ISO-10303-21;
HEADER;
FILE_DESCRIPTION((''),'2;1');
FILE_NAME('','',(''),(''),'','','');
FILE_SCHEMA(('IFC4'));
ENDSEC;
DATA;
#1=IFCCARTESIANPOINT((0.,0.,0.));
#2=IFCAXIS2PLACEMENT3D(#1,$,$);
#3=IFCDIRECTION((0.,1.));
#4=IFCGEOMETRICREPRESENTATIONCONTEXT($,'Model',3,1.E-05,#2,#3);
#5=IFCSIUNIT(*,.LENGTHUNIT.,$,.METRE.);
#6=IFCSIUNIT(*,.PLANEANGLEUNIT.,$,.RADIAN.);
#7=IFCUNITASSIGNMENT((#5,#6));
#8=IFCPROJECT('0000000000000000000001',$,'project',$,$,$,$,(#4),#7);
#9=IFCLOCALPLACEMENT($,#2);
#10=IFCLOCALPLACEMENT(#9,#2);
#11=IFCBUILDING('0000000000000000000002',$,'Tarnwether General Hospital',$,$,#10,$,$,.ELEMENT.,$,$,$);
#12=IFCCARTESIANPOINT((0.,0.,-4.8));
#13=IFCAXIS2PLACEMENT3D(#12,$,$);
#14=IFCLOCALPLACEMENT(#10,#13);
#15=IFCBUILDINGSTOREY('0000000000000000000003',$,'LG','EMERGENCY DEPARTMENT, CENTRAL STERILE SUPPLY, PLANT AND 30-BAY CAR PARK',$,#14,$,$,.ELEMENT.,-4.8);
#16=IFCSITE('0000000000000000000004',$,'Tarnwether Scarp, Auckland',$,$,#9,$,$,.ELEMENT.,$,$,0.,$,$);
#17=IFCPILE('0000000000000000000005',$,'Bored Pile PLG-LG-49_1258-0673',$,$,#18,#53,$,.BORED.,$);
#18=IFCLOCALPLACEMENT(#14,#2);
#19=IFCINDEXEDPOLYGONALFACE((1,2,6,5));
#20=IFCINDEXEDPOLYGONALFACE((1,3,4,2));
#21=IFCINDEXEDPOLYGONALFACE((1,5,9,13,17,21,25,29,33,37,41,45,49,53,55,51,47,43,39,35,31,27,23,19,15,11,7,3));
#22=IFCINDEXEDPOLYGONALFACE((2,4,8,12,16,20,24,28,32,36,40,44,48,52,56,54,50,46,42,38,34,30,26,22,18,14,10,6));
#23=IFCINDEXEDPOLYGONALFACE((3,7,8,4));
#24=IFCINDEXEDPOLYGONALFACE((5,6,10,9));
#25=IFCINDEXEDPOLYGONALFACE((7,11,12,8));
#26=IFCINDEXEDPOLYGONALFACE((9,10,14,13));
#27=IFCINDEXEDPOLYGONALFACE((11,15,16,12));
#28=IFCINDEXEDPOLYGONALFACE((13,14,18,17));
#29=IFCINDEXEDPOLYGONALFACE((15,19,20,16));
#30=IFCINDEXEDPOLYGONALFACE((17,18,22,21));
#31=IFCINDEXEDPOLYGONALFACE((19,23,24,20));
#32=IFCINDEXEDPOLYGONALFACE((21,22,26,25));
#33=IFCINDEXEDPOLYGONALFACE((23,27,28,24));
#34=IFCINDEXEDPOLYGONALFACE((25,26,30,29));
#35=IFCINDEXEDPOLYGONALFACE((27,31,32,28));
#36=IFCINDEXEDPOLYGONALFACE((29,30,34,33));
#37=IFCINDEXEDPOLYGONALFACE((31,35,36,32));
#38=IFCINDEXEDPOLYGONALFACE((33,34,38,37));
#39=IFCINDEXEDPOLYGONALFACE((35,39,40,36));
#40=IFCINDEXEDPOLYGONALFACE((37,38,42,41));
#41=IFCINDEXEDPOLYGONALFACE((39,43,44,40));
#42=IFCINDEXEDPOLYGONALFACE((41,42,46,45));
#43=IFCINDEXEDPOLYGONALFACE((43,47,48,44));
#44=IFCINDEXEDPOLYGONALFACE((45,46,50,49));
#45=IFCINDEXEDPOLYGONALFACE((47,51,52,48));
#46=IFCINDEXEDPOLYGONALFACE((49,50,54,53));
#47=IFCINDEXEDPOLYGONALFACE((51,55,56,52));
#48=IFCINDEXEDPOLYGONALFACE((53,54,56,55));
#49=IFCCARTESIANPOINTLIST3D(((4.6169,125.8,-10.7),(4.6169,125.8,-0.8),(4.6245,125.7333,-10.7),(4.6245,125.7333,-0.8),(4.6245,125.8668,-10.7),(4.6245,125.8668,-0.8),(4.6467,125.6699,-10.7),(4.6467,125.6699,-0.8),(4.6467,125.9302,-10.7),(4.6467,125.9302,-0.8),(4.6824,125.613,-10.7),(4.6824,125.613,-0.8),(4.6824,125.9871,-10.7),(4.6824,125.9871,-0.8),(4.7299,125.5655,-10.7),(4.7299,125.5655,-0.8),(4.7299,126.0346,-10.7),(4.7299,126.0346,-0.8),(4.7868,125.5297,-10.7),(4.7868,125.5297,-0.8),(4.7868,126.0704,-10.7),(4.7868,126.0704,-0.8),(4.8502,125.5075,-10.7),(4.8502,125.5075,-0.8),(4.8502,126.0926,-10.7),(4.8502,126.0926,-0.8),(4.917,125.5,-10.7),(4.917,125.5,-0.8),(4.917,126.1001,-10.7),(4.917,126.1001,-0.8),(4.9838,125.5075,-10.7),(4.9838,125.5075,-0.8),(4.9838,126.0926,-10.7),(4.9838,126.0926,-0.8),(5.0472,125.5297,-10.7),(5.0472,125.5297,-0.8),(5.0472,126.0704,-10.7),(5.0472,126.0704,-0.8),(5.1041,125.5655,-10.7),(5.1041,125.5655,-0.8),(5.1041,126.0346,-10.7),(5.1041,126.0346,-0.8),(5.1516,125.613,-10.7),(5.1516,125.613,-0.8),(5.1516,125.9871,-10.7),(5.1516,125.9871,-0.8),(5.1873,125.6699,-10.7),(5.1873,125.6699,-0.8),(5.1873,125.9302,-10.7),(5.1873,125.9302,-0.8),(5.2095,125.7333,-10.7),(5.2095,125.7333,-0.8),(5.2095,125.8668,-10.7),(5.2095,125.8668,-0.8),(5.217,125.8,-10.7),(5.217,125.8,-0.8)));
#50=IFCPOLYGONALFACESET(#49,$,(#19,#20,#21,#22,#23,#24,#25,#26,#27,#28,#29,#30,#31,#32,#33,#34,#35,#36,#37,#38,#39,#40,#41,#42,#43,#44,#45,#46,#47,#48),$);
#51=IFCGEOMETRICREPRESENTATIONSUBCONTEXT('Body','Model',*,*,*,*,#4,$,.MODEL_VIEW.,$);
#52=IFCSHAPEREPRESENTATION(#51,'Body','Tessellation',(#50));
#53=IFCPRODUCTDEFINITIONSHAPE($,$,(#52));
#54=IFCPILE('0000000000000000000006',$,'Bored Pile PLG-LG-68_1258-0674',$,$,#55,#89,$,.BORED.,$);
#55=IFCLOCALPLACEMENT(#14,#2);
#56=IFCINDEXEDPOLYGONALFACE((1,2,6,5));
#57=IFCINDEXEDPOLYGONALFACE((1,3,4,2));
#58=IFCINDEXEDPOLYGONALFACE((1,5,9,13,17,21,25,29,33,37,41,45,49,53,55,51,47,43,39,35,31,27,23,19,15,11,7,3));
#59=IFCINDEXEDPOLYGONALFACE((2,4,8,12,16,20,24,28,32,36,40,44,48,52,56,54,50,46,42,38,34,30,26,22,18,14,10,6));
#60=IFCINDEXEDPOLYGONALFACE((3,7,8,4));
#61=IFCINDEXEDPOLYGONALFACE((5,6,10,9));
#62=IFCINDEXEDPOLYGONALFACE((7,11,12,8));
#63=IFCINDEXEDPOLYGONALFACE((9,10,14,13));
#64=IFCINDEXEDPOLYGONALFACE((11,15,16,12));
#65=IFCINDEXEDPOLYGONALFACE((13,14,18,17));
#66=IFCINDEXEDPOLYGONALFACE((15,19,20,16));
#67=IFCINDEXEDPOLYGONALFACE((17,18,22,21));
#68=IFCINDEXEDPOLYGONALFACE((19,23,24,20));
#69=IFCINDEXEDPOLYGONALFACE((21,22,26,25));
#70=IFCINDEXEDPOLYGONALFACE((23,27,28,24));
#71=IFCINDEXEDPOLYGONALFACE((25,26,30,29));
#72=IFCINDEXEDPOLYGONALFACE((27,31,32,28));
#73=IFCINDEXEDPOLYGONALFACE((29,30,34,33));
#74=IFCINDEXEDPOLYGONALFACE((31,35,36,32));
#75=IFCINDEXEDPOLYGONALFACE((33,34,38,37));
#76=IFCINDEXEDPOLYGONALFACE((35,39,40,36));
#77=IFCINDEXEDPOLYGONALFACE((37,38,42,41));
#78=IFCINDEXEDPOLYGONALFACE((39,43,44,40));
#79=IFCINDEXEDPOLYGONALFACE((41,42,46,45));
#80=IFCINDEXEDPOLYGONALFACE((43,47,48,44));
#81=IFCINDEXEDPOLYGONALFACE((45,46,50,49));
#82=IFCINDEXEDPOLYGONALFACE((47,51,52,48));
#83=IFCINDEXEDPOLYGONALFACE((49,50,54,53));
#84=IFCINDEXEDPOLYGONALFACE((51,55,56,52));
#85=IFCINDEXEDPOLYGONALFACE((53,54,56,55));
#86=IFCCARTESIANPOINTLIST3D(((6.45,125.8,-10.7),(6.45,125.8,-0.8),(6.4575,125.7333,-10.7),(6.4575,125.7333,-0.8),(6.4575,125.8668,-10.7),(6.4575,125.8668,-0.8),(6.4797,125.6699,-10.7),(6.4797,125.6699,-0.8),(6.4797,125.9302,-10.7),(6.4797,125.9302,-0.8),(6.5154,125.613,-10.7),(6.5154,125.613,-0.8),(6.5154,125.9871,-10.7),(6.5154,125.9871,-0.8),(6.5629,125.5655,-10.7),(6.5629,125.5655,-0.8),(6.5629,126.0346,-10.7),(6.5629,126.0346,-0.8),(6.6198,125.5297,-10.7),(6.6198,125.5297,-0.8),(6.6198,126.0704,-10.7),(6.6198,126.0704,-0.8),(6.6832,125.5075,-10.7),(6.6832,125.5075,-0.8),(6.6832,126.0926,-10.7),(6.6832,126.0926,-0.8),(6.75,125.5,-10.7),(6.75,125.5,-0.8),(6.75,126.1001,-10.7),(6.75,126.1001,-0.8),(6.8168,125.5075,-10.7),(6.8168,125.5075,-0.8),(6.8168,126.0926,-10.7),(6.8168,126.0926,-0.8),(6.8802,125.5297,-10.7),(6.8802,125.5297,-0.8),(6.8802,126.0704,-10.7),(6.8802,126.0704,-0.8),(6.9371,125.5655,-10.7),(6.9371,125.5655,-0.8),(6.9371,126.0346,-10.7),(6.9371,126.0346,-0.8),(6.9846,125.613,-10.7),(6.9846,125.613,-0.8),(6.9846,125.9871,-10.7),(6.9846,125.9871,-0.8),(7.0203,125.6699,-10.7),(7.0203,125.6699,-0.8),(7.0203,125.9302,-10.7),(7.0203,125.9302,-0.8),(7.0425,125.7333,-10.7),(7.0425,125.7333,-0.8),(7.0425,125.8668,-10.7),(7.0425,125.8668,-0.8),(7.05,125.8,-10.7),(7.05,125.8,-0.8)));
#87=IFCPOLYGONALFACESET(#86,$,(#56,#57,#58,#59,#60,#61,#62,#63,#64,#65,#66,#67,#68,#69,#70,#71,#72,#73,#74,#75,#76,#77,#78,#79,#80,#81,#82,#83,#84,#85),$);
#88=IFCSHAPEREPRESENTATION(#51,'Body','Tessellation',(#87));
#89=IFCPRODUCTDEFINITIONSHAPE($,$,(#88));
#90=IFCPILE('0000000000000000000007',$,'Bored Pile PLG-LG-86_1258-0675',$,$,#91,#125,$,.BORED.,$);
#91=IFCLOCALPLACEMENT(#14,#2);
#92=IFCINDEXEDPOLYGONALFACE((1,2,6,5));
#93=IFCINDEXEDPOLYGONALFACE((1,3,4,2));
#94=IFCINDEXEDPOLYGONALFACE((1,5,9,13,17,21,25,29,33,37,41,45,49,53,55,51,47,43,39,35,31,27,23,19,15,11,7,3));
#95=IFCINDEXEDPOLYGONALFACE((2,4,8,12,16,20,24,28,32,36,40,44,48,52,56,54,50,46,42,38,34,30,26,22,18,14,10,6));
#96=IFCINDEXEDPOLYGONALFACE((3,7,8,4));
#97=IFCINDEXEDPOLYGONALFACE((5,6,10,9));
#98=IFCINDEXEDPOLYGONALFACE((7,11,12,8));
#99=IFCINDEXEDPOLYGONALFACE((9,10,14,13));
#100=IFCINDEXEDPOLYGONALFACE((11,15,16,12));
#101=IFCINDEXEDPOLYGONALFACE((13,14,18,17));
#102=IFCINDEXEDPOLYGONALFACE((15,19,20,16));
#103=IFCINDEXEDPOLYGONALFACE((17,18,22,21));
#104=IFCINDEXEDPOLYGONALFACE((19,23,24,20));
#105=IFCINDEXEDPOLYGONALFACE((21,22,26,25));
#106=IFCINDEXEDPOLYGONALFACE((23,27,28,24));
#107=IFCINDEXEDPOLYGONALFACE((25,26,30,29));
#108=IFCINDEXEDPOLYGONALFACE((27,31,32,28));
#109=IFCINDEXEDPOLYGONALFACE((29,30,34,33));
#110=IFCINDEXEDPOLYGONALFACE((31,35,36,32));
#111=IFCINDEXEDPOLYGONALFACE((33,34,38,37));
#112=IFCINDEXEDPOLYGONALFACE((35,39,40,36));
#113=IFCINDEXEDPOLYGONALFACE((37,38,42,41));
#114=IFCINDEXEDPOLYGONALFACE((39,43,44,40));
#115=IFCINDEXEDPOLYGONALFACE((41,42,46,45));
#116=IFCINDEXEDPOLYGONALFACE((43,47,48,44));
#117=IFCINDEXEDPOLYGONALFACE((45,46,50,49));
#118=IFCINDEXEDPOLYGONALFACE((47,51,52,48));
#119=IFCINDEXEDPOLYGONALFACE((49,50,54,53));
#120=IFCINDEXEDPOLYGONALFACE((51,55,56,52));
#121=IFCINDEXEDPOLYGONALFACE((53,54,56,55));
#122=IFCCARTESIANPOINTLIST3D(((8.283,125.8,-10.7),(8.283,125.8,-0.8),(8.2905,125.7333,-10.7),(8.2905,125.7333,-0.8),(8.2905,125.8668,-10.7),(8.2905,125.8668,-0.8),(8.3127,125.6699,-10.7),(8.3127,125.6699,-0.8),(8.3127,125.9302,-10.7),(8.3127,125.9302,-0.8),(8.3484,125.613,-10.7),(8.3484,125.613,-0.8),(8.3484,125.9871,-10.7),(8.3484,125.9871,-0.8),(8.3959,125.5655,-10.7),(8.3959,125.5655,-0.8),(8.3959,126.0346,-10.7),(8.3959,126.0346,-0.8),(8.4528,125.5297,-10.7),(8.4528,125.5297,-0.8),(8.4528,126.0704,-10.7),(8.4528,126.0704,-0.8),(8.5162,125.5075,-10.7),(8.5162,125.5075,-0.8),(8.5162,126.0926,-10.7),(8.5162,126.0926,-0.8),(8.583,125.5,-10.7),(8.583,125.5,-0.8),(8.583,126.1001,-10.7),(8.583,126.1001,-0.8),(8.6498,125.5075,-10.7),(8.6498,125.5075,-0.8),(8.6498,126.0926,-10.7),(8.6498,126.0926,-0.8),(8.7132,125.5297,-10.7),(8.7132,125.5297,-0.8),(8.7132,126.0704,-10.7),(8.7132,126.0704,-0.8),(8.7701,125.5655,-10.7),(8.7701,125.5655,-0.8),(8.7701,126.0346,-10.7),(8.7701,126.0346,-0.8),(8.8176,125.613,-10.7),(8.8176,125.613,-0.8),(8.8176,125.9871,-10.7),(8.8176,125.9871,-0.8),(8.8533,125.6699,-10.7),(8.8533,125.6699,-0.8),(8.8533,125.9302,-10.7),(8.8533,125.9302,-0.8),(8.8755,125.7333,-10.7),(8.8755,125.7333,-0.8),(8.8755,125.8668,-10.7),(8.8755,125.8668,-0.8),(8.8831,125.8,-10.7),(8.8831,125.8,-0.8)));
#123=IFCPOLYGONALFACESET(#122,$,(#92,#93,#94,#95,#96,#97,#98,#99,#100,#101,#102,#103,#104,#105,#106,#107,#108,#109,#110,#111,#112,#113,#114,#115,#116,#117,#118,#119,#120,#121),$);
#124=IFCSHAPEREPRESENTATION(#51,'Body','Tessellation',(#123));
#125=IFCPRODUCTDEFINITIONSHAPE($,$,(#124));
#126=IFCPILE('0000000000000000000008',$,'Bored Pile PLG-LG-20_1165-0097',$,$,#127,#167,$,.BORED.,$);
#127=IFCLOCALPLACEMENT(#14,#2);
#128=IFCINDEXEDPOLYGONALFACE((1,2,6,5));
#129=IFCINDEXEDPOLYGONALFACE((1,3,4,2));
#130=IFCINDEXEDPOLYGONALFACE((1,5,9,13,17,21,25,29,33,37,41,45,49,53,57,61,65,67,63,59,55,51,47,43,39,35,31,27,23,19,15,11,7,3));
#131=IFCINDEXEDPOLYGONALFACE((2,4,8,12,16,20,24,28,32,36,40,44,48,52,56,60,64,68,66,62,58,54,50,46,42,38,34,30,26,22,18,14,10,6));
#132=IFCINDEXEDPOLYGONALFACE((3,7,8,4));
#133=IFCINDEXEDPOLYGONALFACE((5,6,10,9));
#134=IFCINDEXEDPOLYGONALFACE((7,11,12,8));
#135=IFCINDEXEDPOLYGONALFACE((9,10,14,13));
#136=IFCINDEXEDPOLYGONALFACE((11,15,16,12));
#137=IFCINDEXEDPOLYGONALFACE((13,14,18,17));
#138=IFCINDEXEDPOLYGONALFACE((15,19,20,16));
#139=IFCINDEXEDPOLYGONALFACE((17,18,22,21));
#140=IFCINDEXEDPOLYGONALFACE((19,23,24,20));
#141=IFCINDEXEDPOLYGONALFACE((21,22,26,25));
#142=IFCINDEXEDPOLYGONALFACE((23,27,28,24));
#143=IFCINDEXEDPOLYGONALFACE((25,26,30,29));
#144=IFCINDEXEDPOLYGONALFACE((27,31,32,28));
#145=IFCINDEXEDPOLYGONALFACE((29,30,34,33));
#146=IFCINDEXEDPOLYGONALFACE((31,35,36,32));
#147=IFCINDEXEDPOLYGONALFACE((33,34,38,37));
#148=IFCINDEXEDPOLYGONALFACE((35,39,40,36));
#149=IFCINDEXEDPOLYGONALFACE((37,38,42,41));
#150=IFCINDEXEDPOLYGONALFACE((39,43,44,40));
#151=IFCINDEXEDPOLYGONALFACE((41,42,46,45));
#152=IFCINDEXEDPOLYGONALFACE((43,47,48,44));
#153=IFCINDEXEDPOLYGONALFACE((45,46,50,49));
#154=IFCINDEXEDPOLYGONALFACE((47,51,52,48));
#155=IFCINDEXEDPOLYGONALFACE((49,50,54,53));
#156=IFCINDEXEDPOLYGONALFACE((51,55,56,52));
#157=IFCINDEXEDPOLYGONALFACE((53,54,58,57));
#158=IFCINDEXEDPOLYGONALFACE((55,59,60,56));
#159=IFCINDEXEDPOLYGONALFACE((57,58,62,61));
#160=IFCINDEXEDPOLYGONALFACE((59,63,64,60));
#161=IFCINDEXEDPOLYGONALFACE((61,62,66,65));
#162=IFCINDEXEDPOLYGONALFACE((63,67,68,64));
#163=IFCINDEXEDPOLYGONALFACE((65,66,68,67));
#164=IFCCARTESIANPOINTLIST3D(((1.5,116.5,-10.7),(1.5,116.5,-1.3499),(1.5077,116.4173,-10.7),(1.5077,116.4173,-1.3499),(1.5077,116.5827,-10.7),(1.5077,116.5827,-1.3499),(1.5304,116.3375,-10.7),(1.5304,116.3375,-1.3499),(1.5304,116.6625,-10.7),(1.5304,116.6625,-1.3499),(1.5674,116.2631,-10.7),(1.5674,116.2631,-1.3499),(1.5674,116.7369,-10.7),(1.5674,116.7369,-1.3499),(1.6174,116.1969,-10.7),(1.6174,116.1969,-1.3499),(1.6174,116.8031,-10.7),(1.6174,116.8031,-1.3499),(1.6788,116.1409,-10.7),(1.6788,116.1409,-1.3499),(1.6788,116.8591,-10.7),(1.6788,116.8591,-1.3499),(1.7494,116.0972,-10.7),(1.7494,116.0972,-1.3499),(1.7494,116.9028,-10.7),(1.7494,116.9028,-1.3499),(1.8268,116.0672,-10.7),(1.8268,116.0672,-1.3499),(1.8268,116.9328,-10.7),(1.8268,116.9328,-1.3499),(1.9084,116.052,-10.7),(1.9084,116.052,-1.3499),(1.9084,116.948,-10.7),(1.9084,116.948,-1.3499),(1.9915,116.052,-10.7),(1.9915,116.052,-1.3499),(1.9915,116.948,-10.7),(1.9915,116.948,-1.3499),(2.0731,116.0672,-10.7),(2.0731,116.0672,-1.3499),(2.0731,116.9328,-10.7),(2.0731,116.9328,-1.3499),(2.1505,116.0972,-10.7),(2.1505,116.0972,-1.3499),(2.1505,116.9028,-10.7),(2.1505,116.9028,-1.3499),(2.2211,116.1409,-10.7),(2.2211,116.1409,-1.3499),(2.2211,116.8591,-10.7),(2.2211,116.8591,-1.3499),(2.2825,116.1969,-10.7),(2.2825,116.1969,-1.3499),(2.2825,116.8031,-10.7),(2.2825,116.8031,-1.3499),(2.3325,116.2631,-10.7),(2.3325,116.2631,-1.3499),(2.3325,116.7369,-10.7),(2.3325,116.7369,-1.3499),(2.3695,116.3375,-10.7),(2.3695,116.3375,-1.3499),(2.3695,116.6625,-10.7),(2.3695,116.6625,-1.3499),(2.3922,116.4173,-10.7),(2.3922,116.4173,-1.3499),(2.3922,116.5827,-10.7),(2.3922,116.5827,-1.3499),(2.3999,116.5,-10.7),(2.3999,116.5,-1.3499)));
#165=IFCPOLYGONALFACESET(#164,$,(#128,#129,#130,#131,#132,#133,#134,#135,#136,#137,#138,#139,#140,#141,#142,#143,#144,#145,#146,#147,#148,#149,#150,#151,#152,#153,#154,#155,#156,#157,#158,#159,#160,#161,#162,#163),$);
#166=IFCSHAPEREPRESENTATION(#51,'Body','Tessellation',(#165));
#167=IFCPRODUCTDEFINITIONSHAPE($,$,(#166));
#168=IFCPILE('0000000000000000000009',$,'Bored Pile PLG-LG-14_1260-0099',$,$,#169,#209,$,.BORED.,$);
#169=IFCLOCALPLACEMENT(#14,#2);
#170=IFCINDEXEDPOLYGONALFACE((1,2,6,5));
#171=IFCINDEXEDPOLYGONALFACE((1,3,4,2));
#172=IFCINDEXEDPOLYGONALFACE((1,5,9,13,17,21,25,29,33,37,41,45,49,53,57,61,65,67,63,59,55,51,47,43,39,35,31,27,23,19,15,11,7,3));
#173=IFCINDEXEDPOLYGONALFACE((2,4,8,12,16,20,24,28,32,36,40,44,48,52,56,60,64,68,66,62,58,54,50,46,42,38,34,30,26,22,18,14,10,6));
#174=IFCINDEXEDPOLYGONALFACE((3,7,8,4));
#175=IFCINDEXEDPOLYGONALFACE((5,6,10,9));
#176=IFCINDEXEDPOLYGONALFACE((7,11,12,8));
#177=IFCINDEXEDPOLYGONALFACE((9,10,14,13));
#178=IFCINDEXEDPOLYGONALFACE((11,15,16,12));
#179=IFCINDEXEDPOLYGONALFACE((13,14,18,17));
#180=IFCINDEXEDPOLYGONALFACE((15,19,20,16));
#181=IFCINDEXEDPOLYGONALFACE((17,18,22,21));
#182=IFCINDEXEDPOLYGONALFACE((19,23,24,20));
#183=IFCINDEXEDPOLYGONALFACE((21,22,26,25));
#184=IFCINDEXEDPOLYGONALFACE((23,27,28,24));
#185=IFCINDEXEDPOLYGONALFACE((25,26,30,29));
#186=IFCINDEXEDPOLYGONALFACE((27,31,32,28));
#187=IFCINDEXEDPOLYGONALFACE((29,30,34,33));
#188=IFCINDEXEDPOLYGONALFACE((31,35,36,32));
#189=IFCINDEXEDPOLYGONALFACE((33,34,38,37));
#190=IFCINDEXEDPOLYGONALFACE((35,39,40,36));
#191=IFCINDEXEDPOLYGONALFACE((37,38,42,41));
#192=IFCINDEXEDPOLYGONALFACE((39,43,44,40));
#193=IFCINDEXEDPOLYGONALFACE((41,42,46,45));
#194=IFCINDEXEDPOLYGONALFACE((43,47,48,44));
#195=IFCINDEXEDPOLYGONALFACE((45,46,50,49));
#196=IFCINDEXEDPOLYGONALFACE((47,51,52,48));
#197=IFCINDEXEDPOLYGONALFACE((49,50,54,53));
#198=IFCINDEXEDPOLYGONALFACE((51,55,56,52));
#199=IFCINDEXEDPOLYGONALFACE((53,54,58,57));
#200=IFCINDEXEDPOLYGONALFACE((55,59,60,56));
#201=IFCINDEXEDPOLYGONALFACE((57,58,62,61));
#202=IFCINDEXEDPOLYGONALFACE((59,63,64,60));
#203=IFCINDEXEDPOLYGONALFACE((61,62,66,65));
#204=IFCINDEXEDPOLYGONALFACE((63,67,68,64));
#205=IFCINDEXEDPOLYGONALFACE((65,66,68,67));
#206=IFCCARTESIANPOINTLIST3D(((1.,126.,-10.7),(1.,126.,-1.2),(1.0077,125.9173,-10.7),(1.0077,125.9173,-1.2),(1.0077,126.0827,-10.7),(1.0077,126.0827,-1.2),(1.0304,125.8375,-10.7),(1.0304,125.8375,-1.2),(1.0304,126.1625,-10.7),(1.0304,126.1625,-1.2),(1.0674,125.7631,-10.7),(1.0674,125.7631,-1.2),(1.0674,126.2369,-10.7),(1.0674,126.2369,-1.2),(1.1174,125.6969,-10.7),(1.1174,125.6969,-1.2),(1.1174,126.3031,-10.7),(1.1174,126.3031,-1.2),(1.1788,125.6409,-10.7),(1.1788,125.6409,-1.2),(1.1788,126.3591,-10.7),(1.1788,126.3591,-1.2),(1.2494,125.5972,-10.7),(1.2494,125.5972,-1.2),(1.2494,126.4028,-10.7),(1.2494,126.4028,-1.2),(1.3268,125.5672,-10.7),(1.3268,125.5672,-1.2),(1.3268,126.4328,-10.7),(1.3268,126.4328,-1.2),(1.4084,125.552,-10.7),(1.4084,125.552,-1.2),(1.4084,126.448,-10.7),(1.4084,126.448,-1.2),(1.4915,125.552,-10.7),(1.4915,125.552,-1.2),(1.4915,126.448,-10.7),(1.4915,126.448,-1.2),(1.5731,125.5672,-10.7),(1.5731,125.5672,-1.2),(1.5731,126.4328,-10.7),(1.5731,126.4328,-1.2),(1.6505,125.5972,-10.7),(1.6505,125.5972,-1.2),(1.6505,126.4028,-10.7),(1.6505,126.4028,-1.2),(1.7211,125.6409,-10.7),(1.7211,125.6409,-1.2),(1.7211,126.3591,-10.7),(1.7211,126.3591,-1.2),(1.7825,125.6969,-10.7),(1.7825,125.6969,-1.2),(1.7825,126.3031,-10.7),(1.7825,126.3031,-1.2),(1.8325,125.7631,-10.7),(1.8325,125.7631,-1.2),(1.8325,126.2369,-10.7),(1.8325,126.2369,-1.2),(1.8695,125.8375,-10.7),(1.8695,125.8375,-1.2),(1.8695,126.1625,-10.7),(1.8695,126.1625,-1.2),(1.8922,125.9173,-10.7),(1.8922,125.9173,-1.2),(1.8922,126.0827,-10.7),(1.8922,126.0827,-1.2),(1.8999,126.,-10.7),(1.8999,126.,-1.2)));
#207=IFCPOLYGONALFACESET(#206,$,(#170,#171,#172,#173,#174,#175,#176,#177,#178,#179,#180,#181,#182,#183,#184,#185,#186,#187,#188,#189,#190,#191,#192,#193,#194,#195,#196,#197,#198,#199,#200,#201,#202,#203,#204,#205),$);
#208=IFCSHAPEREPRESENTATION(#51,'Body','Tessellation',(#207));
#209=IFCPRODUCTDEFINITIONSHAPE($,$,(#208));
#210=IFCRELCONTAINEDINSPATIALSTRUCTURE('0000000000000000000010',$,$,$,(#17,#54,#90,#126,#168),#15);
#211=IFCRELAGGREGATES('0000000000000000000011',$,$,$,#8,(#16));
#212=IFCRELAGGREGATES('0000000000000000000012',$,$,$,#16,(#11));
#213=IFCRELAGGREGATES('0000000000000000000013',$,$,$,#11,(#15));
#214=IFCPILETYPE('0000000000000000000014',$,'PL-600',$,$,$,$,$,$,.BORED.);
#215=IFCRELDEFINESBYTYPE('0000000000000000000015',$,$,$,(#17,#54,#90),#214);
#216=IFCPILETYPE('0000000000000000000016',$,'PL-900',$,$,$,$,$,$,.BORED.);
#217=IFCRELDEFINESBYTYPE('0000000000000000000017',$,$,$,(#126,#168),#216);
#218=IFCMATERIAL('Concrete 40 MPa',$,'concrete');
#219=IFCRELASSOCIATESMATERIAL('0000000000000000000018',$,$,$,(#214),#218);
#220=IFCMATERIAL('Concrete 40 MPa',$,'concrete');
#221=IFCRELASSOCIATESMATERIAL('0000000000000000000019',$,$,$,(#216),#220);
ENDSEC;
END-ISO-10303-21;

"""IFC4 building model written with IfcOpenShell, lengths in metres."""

from ifc_helpers import new_model, si_unit, direction, frame, origin, origin_2d, place, context, subcontext, project, spatial, circle, extrude, material, material_profile, profile_set, type_object, element, save


model = new_model("IFC4")

# Units and contexts
model_context = context("Model", 3, precision=1e-05, world=origin(), true_north=direction((0.0, 1.0)))
body_context = subcontext(model_context, "Body", "Model", "MODEL_VIEW")
ifc_project = project(units=[si_unit("LENGTHUNIT", "METRE"), si_unit("PLANEANGLEUNIT", "RADIAN")], contexts=[model_context])

# Site, building, storey
site_placement = place(None, origin())
site = spatial("IfcSite", under=ifc_project, at=site_placement, Name="Tarnwether Scarp, Auckland", CompositionType="ELEMENT", RefElevation=0.0)
building_placement = place(site_placement, origin())
building = spatial("IfcBuilding", under=site, at=building_placement, Name="Tarnwether General Hospital", CompositionType="ELEMENT")
storey_placement = place(building_placement, frame((0.0, 0.0, -4.8)))
storey = spatial("IfcBuildingStorey", under=building, at=storey_placement, Name="LG", Description="EMERGENCY DEPARTMENT, CENTRAL STERILE SUPPLY, PLANT AND 30-BAY CAR PARK", CompositionType="ELEMENT", Elevation=-4.8)

# Piles
ifc_material_1 = material(Name="Concrete 40 MPa", Category="concrete")
ifc_material_profile_1 = material_profile(ifc_material_1, circle(Radius=0.3, at=origin_2d()), Name="PILE-D600")
ifc_profile_set_1 = profile_set([ifc_material_profile_1], Name="Concrete 40 MPa")
pile_type_1 = type_object("IfcPileType", Name="PL-600", PredefinedType="BORED", material=ifc_profile_set_1)
for number, where, z_axis, x_axis, name in (
    (1, (4.917, 125.8, -0.8), (0.0, 0.0, -1.0), (1.0, 0.0, 0.0), "Bored Pile PLG-LG-49_1258-0673"),
    (2, (6.75, 125.8, -0.8), (0.0, 0.0, -1.0), (1.0, 0.0, 0.0), "Bored Pile PLG-LG-68_1258-0674"),
    (3, (8.583, 125.8, -0.8), (0.0, 0.0, -1.0), (1.0, 0.0, 0.0), "Bored Pile PLG-LG-86_1258-0675"),
):
    element("IfcPile", number, at=place(storey_placement, frame(where, z_axis=z_axis, x_axis=x_axis)), inside=storey, type_object=pile_type_1, Name=name, PredefinedType="BORED", context=body_context, shape_type="SweptSolid", body=[
        extrude(circle(Radius=0.3, at=origin_2d()), origin(), (0.0, 0.0, 1.0), 9.8999),
    ])
ifc_material_2 = material(Name="Concrete 40 MPa", Category="concrete")
ifc_material_profile_2 = material_profile(ifc_material_2, circle(Radius=0.45, at=origin_2d()), Name="PILE-D900")
ifc_profile_set_2 = profile_set([ifc_material_profile_2], Name="Concrete 40 MPa")
pile_type_2 = type_object("IfcPileType", Name="PL-900", PredefinedType="BORED", material=ifc_profile_set_2)
pile_1_placement = place(storey_placement, frame((1.95, 116.5, -1.3499), z_axis=(0.0, 0.0, -1.0), x_axis=(1.0, 0.0, 0.0)))
element("IfcPile", 4, at=pile_1_placement, inside=storey, type_object=pile_type_2, Name="Bored Pile PLG-LG-20_1165-0097", PredefinedType="BORED", context=body_context, shape_type="SweptSolid", body=[
    extrude(circle(Radius=0.45, at=origin_2d()), origin(), (0.0, 0.0, 1.0), 9.3501),
])
pile_2_placement = place(storey_placement, frame((1.45, 126.0, -1.2), z_axis=(0.0, 0.0, -1.0), x_axis=(1.0, 0.0, 0.0)))
element("IfcPile", 5, at=pile_2_placement, inside=storey, type_object=pile_type_2, Name="Bored Pile PLG-LG-14_1260-0099", PredefinedType="BORED", context=body_context, shape_type="SweptSolid", body=[
    extrude(circle(Radius=0.45, at=origin_2d()), origin(), (0.0, 0.0, 1.0), 9.5),
])

save(model, "model.ifc")
